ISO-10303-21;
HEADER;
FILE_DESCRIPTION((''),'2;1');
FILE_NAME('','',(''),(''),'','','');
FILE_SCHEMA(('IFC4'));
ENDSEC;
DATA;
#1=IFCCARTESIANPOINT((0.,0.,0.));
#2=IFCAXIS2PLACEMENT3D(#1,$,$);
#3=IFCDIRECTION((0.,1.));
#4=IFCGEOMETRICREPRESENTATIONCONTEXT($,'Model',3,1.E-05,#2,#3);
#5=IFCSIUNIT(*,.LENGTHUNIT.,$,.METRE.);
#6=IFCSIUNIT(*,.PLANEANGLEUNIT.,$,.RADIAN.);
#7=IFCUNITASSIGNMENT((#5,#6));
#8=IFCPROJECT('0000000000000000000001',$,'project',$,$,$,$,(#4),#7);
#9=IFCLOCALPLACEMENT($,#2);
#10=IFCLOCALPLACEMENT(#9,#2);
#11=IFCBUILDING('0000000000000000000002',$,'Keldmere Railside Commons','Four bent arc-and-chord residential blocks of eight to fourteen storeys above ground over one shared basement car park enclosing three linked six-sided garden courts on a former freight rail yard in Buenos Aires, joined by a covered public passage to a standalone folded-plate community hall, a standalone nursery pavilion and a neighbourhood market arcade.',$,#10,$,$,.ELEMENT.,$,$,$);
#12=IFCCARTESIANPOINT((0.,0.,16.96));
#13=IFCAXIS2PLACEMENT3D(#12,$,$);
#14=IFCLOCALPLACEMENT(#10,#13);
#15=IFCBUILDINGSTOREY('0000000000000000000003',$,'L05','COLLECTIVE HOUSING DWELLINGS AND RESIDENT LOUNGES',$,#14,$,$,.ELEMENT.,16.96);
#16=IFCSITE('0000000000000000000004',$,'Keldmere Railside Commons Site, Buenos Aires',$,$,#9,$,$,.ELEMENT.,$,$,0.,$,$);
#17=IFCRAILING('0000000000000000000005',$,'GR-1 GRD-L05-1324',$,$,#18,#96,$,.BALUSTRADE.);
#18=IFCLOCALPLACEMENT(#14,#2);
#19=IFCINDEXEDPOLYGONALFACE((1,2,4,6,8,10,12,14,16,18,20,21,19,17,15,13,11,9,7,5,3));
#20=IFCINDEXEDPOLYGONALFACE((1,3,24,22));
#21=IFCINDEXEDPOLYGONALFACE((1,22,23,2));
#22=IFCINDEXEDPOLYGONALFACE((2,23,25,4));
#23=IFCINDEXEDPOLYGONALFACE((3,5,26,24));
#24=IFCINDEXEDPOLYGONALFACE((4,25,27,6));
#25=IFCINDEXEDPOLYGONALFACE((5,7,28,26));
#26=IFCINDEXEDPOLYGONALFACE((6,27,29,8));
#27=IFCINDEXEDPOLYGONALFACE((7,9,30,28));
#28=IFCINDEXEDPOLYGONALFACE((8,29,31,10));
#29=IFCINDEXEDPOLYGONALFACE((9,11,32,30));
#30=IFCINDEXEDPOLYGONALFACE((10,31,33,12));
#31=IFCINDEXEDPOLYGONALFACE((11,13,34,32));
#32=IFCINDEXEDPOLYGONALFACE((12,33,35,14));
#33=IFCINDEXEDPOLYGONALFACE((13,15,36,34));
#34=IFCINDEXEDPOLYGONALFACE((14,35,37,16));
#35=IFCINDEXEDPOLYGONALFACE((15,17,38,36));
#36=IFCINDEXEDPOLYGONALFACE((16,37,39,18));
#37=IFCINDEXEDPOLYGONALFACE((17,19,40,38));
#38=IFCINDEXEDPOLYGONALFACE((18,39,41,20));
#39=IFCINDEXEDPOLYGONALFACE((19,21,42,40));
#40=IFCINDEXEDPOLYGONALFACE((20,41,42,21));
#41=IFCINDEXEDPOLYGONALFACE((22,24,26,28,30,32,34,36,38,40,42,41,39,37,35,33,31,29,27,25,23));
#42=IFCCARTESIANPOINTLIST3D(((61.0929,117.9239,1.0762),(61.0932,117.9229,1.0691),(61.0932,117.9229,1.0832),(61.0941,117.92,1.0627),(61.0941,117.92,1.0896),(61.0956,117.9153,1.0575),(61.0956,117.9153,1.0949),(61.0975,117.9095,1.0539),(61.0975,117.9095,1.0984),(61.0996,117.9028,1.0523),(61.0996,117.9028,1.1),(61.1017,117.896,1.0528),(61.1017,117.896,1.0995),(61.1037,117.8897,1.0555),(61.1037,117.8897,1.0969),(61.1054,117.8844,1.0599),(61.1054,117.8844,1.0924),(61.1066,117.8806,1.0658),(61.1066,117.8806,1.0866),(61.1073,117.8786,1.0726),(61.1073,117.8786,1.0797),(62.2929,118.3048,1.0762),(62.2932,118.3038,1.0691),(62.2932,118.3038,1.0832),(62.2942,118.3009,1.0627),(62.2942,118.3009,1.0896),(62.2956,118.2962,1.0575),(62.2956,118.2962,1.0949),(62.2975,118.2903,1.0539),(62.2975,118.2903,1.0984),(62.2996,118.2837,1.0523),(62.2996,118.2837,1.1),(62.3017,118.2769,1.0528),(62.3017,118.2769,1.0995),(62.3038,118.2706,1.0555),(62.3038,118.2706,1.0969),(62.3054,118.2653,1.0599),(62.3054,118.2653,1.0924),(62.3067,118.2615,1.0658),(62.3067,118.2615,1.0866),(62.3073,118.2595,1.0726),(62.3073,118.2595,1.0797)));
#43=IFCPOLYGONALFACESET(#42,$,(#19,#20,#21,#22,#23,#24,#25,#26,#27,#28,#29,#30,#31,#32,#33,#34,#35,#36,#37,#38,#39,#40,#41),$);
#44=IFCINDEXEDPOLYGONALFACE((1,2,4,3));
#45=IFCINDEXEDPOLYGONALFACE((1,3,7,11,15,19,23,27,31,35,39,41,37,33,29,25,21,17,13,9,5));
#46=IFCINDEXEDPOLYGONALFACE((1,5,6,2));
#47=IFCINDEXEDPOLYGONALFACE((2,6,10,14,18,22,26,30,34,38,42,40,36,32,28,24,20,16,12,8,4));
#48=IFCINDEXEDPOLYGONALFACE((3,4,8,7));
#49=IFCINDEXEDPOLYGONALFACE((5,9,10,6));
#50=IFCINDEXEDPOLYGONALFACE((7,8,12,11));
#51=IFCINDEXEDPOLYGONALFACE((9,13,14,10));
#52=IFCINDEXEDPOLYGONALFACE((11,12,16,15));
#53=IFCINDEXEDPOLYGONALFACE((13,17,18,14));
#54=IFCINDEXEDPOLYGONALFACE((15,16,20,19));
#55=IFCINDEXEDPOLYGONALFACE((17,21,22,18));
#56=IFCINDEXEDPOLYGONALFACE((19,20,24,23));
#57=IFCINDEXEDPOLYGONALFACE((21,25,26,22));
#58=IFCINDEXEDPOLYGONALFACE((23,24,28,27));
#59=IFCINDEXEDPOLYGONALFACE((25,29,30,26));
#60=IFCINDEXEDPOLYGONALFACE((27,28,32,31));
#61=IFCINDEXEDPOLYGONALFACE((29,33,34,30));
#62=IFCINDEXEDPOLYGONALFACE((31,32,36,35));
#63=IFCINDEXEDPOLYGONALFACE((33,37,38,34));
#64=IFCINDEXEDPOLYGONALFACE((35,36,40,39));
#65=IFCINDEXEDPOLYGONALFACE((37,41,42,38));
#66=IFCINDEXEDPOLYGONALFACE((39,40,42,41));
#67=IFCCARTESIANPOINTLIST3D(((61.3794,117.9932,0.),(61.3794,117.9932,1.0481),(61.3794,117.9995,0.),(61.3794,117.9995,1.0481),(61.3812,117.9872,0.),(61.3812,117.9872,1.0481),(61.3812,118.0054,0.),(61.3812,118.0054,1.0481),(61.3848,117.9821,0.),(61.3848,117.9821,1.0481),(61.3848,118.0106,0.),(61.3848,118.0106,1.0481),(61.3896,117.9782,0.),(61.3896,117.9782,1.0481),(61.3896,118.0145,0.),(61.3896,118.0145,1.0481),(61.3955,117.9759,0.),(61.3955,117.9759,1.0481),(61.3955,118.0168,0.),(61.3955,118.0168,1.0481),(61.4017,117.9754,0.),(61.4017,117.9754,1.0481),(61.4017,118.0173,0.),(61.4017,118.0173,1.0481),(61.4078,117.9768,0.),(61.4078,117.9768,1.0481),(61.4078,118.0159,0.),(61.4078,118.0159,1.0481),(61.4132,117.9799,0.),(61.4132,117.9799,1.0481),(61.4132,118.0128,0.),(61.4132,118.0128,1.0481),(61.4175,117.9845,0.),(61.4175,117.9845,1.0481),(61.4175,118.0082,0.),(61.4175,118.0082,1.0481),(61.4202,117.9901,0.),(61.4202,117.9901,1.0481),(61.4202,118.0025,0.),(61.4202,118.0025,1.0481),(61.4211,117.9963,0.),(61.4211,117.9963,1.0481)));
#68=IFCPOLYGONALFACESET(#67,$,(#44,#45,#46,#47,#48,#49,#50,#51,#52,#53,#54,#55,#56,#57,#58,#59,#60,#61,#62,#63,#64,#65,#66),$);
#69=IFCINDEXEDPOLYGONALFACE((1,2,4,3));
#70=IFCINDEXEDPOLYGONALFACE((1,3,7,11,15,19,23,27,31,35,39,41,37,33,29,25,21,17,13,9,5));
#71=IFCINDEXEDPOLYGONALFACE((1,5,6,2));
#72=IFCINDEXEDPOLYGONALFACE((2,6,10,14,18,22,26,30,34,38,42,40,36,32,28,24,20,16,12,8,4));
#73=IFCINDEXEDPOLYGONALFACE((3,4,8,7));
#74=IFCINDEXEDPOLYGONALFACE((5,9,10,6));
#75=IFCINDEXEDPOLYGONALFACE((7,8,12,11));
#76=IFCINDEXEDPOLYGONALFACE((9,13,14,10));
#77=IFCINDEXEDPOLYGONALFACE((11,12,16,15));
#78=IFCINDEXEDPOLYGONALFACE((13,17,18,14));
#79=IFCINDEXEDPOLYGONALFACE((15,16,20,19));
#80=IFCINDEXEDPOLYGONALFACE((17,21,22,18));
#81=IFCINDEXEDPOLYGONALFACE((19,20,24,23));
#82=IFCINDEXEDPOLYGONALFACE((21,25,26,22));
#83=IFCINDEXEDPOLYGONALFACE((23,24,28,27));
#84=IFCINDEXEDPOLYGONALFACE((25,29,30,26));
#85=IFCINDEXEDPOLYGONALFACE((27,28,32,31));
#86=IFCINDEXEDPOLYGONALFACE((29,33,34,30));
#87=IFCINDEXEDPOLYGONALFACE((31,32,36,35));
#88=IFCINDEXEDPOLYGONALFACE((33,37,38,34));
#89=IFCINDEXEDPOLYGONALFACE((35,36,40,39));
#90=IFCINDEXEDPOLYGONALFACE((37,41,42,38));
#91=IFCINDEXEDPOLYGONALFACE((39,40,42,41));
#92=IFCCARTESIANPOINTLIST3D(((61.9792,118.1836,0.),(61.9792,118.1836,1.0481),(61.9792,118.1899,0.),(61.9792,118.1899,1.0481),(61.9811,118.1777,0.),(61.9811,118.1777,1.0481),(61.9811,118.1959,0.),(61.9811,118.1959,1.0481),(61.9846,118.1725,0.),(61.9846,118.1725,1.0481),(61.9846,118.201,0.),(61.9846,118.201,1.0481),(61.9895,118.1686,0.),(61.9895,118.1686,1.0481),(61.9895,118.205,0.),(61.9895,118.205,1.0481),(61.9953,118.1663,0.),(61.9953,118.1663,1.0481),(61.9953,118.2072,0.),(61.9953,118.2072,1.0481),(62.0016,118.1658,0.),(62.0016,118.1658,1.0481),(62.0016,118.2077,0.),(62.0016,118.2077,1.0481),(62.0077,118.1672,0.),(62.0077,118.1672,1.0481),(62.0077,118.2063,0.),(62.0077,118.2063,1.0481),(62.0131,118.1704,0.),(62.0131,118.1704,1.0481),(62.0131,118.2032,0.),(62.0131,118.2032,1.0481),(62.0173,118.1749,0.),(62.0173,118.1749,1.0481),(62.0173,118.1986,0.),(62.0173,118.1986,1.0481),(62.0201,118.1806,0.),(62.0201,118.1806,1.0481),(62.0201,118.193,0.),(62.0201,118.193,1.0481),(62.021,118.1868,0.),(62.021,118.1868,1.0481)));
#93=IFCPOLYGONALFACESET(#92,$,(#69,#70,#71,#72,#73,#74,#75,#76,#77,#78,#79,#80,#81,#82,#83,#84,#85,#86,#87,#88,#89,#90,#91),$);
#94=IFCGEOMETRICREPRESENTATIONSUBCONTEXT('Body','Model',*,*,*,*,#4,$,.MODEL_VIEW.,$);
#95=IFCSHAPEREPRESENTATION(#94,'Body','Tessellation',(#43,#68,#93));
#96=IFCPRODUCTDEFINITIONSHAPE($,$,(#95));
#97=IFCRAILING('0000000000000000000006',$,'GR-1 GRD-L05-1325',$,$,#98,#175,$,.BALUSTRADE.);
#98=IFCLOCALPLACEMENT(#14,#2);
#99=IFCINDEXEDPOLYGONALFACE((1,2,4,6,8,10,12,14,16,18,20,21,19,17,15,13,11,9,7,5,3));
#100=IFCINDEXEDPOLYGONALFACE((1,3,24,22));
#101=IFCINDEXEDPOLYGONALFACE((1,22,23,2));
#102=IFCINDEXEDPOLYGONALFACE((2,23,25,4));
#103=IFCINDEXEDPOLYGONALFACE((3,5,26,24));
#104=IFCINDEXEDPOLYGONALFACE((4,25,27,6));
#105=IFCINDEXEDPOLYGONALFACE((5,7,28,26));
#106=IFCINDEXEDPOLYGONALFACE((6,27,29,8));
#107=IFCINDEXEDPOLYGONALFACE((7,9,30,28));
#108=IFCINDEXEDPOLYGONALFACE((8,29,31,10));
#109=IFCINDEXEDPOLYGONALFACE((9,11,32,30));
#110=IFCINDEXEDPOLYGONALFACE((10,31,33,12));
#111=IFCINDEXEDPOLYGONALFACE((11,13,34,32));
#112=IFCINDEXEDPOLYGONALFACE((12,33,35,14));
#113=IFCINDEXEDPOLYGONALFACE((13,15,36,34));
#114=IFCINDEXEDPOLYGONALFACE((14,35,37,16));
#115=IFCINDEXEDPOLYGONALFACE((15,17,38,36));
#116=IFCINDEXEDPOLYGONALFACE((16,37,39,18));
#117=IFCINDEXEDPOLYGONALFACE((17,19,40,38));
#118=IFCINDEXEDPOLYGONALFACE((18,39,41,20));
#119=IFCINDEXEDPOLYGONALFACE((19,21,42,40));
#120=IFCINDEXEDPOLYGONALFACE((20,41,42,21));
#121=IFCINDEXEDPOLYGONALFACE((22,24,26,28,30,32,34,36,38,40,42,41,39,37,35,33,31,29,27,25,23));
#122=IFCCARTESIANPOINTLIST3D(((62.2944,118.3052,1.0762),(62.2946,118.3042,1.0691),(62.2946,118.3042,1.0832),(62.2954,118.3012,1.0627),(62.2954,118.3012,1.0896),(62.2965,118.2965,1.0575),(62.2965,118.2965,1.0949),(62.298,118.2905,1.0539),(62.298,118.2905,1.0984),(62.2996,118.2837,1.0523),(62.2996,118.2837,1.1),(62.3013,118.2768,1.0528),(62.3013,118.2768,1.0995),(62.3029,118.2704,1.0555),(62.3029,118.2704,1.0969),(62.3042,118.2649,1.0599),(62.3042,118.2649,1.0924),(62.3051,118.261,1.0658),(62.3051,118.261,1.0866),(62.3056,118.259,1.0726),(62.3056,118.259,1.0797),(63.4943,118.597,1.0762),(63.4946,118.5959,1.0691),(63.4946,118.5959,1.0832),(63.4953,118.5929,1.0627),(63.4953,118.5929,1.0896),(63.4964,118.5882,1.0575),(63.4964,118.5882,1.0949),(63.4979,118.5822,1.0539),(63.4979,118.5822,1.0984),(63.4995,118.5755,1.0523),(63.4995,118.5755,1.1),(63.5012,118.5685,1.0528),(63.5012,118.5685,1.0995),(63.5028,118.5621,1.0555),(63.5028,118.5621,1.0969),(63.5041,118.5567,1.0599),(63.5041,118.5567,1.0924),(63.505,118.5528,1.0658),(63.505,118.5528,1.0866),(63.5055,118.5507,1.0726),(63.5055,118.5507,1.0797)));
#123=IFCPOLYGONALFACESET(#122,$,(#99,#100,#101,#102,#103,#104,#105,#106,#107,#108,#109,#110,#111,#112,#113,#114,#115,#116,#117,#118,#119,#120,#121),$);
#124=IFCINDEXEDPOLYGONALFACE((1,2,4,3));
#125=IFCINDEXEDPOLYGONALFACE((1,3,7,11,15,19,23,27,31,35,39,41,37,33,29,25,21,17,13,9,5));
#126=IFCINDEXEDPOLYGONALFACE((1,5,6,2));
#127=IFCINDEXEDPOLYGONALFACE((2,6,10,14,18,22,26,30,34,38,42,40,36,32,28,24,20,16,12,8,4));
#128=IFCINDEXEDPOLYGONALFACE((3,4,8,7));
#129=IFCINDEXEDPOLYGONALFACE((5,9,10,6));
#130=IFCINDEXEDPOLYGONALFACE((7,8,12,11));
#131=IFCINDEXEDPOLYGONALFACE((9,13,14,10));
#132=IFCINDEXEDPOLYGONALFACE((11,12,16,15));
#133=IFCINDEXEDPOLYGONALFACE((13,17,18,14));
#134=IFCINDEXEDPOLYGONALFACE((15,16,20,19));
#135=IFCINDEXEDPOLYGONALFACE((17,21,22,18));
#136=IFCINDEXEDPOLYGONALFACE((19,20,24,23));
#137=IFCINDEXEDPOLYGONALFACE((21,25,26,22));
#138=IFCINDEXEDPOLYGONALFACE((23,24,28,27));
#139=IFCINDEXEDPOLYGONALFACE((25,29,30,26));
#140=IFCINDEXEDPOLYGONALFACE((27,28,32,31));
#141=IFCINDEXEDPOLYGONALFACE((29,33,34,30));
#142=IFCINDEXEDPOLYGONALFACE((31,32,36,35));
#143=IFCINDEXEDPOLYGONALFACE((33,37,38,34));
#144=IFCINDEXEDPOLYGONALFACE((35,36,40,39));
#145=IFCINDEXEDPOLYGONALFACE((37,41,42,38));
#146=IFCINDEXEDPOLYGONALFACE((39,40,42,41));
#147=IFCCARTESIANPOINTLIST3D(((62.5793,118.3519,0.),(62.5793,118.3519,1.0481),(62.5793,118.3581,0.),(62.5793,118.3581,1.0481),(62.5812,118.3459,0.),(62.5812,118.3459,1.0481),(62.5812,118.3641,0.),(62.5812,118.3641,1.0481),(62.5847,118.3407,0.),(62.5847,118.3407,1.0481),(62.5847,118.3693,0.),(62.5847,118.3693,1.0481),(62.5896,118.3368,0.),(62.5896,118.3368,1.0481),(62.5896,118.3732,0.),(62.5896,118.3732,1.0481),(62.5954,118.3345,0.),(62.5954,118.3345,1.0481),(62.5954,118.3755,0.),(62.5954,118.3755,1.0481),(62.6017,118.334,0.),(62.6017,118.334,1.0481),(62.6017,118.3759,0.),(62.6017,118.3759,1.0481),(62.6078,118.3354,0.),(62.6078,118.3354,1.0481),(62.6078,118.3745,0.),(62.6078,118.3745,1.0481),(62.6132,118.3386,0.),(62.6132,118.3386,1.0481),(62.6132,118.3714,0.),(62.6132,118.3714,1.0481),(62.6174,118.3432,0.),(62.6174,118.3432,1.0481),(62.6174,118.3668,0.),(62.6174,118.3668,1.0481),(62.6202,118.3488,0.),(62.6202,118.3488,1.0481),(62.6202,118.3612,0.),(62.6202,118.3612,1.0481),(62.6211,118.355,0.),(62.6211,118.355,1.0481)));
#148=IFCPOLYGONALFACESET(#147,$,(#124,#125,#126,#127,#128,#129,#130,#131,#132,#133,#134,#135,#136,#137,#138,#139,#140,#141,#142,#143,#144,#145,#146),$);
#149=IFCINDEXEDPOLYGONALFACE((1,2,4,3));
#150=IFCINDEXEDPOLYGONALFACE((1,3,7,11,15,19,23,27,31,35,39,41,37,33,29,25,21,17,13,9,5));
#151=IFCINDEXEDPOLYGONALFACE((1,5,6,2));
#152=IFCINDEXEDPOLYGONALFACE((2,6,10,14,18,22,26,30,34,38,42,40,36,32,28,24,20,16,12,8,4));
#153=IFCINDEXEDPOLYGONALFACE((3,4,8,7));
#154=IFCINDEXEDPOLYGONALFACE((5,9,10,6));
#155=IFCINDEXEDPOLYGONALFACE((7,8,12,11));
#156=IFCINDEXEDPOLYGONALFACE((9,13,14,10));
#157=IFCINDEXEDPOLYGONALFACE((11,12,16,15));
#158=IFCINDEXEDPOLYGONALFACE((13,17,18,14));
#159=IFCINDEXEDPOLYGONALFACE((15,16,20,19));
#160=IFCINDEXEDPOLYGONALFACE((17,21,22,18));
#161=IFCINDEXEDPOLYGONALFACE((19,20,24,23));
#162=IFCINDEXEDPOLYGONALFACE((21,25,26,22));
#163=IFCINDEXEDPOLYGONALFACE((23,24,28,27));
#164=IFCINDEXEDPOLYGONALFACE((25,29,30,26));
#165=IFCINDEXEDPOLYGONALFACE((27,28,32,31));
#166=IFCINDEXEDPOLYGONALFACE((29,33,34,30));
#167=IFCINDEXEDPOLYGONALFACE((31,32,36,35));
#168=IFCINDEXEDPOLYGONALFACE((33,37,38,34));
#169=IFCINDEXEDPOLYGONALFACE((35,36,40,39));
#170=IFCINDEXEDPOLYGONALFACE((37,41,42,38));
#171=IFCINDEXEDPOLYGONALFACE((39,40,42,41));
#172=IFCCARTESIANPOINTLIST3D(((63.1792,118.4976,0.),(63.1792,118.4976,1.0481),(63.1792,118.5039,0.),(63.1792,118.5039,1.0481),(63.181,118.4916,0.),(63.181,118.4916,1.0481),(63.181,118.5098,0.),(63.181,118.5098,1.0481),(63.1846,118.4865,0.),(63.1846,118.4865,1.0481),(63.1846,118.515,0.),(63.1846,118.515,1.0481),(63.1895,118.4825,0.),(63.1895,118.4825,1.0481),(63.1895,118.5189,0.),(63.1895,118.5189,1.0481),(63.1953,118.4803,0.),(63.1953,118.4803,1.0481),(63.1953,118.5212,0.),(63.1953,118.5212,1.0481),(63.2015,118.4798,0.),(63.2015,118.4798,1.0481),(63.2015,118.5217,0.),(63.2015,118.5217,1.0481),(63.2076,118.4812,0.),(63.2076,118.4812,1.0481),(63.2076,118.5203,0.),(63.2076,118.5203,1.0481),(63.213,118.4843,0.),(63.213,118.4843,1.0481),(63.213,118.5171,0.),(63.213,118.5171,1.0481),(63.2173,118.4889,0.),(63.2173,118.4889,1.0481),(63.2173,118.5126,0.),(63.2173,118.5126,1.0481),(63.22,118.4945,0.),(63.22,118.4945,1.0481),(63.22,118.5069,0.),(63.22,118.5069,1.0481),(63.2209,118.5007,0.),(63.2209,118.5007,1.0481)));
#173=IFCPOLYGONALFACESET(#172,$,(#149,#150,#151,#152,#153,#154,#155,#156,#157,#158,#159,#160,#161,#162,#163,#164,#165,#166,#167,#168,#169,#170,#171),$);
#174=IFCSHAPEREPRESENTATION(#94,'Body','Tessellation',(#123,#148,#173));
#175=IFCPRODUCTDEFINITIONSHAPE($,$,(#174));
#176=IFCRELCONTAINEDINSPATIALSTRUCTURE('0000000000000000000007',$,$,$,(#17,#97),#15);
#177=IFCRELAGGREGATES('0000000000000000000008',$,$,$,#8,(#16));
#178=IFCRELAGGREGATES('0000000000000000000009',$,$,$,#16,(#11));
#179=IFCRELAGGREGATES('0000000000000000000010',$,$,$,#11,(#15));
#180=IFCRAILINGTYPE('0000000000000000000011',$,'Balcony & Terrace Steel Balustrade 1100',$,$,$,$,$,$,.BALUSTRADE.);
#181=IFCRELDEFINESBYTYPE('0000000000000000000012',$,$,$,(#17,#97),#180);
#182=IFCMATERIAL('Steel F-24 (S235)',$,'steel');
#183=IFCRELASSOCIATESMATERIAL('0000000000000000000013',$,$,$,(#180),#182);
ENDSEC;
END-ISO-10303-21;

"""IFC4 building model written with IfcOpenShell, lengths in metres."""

from ifc_helpers import new_model, si_unit, direction, frame, origin, origin_2d, place, context, subcontext, project, spatial, circle, extrude, material, type_object, element, save


model = new_model("IFC4")

# Units and contexts
model_context = context("Model", 3, precision=1e-05, world=origin(), true_north=direction((0.0, 1.0)))
body_context = subcontext(model_context, "Body", "Model", "MODEL_VIEW")
ifc_project = project(units=[si_unit("LENGTHUNIT", "METRE"), si_unit("PLANEANGLEUNIT", "RADIAN")], contexts=[model_context])

# Site, building, storey
site_placement = place(None, origin())
site = spatial("IfcSite", under=ifc_project, at=site_placement, Name="Keldmere Railside Commons Site, Buenos Aires", CompositionType="ELEMENT", RefElevation=0.0)
building_placement = place(site_placement, origin())
building = spatial("IfcBuilding", under=site, at=building_placement, Name="Keldmere Railside Commons", Description="Four bent arc-and-chord residential blocks of eight to fourteen storeys above ground over one shared basement car park enclosing three linked six-sided garden courts on a former freight rail yard in Buenos Aires, joined by a covered public passage to a standalone folded-plate community hall, a standalone nursery pavilion and a neighbourhood market arcade.", CompositionType="ELEMENT")
storey_placement = place(building_placement, frame((0.0, 0.0, 16.96)))
storey = spatial("IfcBuildingStorey", under=building, at=storey_placement, Name="L05", Description="COLLECTIVE HOUSING DWELLINGS AND RESIDENT LOUNGES", CompositionType="ELEMENT", Elevation=16.96)

# Shared definitions
ifc_material_1 = material(Name="Steel F-24 (S235)", Category="steel")

# Railings
railing_type = type_object("IfcRailingType", Name="Balcony & Terrace Steel Balustrade 1100", PredefinedType="BALUSTRADE", material=ifc_material_1)
railing_1_placement = place(storey_placement, frame((61.1001, 117.9011, 0.0)))
element("IfcRailing", 1, at=railing_1_placement, inside=storey, type_object=railing_type, Name="GR-1 GRD-L05-1324", PredefinedType="BALUSTRADE", context=body_context, shape_type="SweptSolid", body=[
    extrude(circle(Radius=0.0239, at=origin_2d()), frame((0.0, 0.0, 1.0762), z_axis=(0.953142, 0.302523, 0.0), x_axis=(-0.302523, 0.953142, 0.0)), (0.0, 0.0, 1.0), 1.259),
    extrude(circle(Radius=0.021, at=origin_2d()), frame((0.3, 0.0952, 0.0)), (0.0, 0.0, 1.0), 1.0481),
    extrude(circle(Radius=0.021, at=origin_2d()), frame((0.8999, 0.2856, 0.0)), (0.0, 0.0, 1.0), 1.0481),
])
railing_2_placement = place(storey_placement, frame((62.3, 118.282, 0.0)))
element("IfcRailing", 2, at=railing_2_placement, inside=storey, type_object=railing_type, Name="GR-1 GRD-L05-1325", PredefinedType="BALUSTRADE", context=body_context, shape_type="SweptSolid", body=[
    extrude(circle(Radius=0.0239, at=origin_2d()), frame((0.0, 0.0, 1.0762), z_axis=(0.971692, 0.236251, 0.0), x_axis=(-0.236251, 0.971692, 0.0)), (0.0, 0.0, 1.0), 1.2349),
    extrude(circle(Radius=0.021, at=origin_2d()), frame((0.3, 0.073, 0.0)), (0.0, 0.0, 1.0), 1.0481),
    extrude(circle(Radius=0.021, at=origin_2d()), frame((0.8999, 0.2188, 0.0)), (0.0, 0.0, 1.0), 1.0481),
])

save(model, "model.ifc")
